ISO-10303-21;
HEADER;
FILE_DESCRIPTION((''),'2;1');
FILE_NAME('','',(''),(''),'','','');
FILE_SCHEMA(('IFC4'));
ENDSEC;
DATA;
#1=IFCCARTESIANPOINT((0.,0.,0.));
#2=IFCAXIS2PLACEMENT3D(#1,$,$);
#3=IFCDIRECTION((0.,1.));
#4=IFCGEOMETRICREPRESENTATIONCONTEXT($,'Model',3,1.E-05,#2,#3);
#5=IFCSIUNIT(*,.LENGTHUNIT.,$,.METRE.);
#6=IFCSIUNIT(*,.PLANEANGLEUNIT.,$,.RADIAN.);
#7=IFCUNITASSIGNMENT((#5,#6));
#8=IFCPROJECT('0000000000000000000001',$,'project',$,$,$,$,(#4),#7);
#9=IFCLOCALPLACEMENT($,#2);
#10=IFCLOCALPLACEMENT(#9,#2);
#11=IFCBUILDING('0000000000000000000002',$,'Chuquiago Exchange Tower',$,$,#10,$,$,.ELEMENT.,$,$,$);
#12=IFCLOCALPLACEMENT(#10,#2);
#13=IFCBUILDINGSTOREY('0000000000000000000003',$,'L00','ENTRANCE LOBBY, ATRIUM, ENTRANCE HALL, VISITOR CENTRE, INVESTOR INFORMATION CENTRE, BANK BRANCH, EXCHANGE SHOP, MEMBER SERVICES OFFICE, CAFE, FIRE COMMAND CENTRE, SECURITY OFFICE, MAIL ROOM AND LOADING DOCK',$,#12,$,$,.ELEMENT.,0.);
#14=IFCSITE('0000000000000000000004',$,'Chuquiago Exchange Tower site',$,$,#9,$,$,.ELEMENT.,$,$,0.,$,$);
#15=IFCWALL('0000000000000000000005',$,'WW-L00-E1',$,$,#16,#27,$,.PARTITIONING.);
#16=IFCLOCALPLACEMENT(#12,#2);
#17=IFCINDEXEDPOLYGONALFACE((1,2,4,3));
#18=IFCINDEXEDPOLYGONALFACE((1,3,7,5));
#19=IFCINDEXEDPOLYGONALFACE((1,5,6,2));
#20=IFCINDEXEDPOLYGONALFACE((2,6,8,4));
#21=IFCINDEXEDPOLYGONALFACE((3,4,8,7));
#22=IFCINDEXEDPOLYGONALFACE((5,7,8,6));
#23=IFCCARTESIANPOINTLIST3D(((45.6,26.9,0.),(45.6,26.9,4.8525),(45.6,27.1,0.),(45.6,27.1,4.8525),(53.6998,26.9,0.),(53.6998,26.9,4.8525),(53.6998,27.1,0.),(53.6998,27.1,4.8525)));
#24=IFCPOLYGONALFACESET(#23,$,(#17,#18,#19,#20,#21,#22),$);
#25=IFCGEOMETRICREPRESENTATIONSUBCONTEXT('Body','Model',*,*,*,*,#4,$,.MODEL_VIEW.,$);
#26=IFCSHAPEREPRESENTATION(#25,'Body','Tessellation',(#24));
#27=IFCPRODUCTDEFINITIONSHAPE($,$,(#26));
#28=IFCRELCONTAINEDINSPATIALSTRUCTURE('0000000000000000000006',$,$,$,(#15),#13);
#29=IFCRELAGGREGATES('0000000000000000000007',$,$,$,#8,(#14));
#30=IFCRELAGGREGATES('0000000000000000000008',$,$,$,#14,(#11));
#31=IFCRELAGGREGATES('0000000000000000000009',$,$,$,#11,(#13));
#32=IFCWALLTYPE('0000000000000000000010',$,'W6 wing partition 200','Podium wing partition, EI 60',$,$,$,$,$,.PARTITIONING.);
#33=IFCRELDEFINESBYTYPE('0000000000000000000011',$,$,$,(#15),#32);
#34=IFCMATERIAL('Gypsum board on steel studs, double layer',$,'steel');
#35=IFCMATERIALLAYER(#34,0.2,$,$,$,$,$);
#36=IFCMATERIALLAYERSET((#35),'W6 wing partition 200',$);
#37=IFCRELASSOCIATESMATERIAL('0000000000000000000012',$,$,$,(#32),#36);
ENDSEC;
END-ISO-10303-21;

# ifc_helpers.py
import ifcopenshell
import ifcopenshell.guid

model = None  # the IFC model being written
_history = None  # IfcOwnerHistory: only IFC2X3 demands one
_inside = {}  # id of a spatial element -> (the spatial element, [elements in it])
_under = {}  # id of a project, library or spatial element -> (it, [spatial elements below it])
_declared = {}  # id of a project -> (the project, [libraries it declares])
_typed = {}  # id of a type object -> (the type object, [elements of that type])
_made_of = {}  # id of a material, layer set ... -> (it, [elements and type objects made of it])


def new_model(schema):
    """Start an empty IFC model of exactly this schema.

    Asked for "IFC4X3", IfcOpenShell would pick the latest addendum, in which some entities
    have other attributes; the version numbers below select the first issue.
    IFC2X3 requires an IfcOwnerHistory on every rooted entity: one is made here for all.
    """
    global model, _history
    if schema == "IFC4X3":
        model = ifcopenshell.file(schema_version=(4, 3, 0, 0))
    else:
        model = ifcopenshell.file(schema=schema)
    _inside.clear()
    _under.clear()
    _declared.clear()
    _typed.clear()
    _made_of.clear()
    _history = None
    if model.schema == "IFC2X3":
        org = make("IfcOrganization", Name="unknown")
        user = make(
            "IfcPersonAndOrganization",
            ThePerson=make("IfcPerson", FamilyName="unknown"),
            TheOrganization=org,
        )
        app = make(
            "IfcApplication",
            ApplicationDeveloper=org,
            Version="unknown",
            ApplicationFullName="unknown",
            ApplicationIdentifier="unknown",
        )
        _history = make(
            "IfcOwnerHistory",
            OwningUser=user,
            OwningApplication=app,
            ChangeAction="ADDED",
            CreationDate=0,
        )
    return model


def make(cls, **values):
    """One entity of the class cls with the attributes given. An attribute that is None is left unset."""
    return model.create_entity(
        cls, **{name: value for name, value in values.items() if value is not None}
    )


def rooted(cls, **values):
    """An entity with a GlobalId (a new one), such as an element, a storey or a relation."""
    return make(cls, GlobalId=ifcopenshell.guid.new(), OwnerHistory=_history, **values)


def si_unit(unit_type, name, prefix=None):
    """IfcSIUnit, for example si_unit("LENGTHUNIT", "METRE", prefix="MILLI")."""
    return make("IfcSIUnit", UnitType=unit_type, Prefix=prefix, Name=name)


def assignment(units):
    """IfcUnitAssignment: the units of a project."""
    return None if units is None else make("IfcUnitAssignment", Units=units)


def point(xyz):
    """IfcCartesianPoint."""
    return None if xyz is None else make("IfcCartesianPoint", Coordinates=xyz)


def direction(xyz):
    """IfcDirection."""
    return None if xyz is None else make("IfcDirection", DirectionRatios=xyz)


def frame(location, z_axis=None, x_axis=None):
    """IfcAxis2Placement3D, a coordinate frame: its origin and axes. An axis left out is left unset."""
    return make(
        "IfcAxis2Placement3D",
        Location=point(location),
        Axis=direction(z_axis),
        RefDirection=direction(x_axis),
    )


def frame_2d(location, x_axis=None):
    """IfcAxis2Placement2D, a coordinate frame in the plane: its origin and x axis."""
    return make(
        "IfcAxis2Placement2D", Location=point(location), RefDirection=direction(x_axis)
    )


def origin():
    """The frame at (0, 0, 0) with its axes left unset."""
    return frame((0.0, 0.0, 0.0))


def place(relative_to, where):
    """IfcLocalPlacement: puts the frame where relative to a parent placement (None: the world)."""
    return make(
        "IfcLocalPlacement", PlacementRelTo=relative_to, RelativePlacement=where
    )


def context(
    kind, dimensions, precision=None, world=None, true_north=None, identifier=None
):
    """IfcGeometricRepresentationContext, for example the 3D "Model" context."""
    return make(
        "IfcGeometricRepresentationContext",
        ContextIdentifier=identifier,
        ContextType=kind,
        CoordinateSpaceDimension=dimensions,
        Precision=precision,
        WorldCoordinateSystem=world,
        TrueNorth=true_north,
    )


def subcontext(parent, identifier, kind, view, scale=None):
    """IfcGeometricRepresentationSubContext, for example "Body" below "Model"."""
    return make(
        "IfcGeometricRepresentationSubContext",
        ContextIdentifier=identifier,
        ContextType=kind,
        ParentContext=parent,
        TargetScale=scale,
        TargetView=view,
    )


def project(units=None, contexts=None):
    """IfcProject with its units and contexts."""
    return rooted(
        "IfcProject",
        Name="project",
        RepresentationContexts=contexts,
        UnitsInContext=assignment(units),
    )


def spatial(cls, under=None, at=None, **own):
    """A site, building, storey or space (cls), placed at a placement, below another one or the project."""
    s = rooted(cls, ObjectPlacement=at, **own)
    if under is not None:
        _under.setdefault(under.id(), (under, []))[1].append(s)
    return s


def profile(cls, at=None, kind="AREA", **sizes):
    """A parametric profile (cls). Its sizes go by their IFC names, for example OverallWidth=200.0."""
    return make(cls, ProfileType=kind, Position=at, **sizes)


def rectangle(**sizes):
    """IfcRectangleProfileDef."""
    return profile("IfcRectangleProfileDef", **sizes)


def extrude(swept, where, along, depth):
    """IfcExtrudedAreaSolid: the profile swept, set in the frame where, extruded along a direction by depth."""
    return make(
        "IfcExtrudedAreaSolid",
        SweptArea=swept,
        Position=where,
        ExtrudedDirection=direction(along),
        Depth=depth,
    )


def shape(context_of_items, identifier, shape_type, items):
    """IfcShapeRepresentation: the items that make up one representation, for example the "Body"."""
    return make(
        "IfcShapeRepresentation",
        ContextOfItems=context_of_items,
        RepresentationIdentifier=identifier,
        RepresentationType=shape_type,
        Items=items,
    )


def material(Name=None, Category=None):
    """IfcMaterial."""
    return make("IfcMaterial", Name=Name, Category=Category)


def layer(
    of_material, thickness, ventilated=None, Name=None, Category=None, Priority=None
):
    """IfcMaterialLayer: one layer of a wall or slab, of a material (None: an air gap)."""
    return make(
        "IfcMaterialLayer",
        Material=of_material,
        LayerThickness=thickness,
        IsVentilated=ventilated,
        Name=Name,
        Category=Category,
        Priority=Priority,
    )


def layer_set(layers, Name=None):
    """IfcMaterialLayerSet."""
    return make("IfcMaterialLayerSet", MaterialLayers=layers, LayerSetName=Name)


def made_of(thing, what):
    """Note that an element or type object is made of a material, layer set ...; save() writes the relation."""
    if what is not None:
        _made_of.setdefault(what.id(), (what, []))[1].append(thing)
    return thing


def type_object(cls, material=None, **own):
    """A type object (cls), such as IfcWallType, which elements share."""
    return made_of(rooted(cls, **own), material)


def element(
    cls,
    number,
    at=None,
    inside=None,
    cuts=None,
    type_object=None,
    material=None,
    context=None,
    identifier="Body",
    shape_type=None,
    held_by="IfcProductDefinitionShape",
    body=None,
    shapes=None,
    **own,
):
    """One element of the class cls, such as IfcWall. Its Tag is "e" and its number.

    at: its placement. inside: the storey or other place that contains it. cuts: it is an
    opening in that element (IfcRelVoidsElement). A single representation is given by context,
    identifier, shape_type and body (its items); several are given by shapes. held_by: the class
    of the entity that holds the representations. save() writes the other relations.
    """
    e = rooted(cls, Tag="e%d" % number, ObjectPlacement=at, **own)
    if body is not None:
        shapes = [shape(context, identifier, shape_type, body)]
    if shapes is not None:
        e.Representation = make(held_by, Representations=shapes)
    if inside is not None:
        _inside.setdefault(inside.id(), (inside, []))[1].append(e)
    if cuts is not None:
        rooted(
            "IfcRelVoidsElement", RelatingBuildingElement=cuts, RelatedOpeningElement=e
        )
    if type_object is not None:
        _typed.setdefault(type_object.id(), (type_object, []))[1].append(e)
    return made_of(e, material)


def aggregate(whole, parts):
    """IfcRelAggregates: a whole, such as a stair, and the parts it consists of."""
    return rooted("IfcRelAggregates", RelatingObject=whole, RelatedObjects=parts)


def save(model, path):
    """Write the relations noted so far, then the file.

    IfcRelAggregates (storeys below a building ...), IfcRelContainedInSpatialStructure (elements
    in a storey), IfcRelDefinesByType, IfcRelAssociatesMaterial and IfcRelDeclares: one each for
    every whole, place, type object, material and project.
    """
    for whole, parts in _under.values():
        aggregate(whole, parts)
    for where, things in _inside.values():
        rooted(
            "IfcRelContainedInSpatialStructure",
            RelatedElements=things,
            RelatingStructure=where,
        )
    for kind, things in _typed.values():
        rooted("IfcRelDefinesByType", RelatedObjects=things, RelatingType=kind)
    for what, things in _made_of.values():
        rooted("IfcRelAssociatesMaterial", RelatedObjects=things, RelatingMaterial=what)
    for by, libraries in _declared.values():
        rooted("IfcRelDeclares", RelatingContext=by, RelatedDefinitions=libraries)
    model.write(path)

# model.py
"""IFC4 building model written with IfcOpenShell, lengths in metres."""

from ifc_helpers import new_model, si_unit, direction, frame, frame_2d, origin, place, context, subcontext, project, spatial, rectangle, extrude, material, layer, layer_set, type_object, element, save


model = new_model("IFC4")

# Units and contexts
model_context = context("Model", 3, precision=1e-05, world=origin(), true_north=direction((0.0, 1.0)))
body_context = subcontext(model_context, "Body", "Model", "MODEL_VIEW")
ifc_project = project(units=[si_unit("LENGTHUNIT", "METRE"), si_unit("PLANEANGLEUNIT", "RADIAN")], contexts=[model_context])

# Site, building, storey
site_placement = place(None, origin())
site = spatial("IfcSite", under=ifc_project, at=site_placement, Name="Chuquiago Exchange Tower site", CompositionType="ELEMENT", RefElevation=0.0)
building_placement = place(site_placement, origin())
building = spatial("IfcBuilding", under=site, at=building_placement, Name="Chuquiago Exchange Tower", CompositionType="ELEMENT")
storey_placement = place(building_placement, origin())
storey = spatial("IfcBuildingStorey", under=building, at=storey_placement, Name="L00", Description="ENTRANCE LOBBY, ATRIUM, ENTRANCE HALL, VISITOR CENTRE, INVESTOR INFORMATION CENTRE, BANK BRANCH, EXCHANGE SHOP, MEMBER SERVICES OFFICE, CAFE, FIRE COMMAND CENTRE, SECURITY OFFICE, MAIL ROOM AND LOADING DOCK", CompositionType="ELEMENT", Elevation=0.0)

# Wall
ifc_material_1 = material(Name="Gypsum board on steel studs, double layer", Category="steel")
ifc_layer_1 = layer(ifc_material_1, 0.2)
ifc_layer_set_1 = layer_set([ifc_layer_1], Name="W6 wing partition 200")
wall_type_1 = type_object("IfcWallType", Name="W6 wing partition 200", Description="Podium wing partition, EI 60", PredefinedType="PARTITIONING", material=ifc_layer_set_1)
wall_1_placement = place(storey_placement, frame((45.6001, 27.0, 0.0), z_axis=(0.0, 0.0, 1.0), x_axis=(1.0, 0.0, 0.0)))
element("IfcWall", 1, at=wall_1_placement, inside=storey, type_object=wall_type_1, Name="WW-L00-E1", PredefinedType="PARTITIONING", context=body_context, shape_type="SweptSolid", body=[
    extrude(rectangle(XDim=8.0999, YDim=0.2, at=frame_2d((4.0498, 0.0))), origin(), (0.0, 0.0, 1.0), 4.8525),
])

save(model, "model.ifc")
